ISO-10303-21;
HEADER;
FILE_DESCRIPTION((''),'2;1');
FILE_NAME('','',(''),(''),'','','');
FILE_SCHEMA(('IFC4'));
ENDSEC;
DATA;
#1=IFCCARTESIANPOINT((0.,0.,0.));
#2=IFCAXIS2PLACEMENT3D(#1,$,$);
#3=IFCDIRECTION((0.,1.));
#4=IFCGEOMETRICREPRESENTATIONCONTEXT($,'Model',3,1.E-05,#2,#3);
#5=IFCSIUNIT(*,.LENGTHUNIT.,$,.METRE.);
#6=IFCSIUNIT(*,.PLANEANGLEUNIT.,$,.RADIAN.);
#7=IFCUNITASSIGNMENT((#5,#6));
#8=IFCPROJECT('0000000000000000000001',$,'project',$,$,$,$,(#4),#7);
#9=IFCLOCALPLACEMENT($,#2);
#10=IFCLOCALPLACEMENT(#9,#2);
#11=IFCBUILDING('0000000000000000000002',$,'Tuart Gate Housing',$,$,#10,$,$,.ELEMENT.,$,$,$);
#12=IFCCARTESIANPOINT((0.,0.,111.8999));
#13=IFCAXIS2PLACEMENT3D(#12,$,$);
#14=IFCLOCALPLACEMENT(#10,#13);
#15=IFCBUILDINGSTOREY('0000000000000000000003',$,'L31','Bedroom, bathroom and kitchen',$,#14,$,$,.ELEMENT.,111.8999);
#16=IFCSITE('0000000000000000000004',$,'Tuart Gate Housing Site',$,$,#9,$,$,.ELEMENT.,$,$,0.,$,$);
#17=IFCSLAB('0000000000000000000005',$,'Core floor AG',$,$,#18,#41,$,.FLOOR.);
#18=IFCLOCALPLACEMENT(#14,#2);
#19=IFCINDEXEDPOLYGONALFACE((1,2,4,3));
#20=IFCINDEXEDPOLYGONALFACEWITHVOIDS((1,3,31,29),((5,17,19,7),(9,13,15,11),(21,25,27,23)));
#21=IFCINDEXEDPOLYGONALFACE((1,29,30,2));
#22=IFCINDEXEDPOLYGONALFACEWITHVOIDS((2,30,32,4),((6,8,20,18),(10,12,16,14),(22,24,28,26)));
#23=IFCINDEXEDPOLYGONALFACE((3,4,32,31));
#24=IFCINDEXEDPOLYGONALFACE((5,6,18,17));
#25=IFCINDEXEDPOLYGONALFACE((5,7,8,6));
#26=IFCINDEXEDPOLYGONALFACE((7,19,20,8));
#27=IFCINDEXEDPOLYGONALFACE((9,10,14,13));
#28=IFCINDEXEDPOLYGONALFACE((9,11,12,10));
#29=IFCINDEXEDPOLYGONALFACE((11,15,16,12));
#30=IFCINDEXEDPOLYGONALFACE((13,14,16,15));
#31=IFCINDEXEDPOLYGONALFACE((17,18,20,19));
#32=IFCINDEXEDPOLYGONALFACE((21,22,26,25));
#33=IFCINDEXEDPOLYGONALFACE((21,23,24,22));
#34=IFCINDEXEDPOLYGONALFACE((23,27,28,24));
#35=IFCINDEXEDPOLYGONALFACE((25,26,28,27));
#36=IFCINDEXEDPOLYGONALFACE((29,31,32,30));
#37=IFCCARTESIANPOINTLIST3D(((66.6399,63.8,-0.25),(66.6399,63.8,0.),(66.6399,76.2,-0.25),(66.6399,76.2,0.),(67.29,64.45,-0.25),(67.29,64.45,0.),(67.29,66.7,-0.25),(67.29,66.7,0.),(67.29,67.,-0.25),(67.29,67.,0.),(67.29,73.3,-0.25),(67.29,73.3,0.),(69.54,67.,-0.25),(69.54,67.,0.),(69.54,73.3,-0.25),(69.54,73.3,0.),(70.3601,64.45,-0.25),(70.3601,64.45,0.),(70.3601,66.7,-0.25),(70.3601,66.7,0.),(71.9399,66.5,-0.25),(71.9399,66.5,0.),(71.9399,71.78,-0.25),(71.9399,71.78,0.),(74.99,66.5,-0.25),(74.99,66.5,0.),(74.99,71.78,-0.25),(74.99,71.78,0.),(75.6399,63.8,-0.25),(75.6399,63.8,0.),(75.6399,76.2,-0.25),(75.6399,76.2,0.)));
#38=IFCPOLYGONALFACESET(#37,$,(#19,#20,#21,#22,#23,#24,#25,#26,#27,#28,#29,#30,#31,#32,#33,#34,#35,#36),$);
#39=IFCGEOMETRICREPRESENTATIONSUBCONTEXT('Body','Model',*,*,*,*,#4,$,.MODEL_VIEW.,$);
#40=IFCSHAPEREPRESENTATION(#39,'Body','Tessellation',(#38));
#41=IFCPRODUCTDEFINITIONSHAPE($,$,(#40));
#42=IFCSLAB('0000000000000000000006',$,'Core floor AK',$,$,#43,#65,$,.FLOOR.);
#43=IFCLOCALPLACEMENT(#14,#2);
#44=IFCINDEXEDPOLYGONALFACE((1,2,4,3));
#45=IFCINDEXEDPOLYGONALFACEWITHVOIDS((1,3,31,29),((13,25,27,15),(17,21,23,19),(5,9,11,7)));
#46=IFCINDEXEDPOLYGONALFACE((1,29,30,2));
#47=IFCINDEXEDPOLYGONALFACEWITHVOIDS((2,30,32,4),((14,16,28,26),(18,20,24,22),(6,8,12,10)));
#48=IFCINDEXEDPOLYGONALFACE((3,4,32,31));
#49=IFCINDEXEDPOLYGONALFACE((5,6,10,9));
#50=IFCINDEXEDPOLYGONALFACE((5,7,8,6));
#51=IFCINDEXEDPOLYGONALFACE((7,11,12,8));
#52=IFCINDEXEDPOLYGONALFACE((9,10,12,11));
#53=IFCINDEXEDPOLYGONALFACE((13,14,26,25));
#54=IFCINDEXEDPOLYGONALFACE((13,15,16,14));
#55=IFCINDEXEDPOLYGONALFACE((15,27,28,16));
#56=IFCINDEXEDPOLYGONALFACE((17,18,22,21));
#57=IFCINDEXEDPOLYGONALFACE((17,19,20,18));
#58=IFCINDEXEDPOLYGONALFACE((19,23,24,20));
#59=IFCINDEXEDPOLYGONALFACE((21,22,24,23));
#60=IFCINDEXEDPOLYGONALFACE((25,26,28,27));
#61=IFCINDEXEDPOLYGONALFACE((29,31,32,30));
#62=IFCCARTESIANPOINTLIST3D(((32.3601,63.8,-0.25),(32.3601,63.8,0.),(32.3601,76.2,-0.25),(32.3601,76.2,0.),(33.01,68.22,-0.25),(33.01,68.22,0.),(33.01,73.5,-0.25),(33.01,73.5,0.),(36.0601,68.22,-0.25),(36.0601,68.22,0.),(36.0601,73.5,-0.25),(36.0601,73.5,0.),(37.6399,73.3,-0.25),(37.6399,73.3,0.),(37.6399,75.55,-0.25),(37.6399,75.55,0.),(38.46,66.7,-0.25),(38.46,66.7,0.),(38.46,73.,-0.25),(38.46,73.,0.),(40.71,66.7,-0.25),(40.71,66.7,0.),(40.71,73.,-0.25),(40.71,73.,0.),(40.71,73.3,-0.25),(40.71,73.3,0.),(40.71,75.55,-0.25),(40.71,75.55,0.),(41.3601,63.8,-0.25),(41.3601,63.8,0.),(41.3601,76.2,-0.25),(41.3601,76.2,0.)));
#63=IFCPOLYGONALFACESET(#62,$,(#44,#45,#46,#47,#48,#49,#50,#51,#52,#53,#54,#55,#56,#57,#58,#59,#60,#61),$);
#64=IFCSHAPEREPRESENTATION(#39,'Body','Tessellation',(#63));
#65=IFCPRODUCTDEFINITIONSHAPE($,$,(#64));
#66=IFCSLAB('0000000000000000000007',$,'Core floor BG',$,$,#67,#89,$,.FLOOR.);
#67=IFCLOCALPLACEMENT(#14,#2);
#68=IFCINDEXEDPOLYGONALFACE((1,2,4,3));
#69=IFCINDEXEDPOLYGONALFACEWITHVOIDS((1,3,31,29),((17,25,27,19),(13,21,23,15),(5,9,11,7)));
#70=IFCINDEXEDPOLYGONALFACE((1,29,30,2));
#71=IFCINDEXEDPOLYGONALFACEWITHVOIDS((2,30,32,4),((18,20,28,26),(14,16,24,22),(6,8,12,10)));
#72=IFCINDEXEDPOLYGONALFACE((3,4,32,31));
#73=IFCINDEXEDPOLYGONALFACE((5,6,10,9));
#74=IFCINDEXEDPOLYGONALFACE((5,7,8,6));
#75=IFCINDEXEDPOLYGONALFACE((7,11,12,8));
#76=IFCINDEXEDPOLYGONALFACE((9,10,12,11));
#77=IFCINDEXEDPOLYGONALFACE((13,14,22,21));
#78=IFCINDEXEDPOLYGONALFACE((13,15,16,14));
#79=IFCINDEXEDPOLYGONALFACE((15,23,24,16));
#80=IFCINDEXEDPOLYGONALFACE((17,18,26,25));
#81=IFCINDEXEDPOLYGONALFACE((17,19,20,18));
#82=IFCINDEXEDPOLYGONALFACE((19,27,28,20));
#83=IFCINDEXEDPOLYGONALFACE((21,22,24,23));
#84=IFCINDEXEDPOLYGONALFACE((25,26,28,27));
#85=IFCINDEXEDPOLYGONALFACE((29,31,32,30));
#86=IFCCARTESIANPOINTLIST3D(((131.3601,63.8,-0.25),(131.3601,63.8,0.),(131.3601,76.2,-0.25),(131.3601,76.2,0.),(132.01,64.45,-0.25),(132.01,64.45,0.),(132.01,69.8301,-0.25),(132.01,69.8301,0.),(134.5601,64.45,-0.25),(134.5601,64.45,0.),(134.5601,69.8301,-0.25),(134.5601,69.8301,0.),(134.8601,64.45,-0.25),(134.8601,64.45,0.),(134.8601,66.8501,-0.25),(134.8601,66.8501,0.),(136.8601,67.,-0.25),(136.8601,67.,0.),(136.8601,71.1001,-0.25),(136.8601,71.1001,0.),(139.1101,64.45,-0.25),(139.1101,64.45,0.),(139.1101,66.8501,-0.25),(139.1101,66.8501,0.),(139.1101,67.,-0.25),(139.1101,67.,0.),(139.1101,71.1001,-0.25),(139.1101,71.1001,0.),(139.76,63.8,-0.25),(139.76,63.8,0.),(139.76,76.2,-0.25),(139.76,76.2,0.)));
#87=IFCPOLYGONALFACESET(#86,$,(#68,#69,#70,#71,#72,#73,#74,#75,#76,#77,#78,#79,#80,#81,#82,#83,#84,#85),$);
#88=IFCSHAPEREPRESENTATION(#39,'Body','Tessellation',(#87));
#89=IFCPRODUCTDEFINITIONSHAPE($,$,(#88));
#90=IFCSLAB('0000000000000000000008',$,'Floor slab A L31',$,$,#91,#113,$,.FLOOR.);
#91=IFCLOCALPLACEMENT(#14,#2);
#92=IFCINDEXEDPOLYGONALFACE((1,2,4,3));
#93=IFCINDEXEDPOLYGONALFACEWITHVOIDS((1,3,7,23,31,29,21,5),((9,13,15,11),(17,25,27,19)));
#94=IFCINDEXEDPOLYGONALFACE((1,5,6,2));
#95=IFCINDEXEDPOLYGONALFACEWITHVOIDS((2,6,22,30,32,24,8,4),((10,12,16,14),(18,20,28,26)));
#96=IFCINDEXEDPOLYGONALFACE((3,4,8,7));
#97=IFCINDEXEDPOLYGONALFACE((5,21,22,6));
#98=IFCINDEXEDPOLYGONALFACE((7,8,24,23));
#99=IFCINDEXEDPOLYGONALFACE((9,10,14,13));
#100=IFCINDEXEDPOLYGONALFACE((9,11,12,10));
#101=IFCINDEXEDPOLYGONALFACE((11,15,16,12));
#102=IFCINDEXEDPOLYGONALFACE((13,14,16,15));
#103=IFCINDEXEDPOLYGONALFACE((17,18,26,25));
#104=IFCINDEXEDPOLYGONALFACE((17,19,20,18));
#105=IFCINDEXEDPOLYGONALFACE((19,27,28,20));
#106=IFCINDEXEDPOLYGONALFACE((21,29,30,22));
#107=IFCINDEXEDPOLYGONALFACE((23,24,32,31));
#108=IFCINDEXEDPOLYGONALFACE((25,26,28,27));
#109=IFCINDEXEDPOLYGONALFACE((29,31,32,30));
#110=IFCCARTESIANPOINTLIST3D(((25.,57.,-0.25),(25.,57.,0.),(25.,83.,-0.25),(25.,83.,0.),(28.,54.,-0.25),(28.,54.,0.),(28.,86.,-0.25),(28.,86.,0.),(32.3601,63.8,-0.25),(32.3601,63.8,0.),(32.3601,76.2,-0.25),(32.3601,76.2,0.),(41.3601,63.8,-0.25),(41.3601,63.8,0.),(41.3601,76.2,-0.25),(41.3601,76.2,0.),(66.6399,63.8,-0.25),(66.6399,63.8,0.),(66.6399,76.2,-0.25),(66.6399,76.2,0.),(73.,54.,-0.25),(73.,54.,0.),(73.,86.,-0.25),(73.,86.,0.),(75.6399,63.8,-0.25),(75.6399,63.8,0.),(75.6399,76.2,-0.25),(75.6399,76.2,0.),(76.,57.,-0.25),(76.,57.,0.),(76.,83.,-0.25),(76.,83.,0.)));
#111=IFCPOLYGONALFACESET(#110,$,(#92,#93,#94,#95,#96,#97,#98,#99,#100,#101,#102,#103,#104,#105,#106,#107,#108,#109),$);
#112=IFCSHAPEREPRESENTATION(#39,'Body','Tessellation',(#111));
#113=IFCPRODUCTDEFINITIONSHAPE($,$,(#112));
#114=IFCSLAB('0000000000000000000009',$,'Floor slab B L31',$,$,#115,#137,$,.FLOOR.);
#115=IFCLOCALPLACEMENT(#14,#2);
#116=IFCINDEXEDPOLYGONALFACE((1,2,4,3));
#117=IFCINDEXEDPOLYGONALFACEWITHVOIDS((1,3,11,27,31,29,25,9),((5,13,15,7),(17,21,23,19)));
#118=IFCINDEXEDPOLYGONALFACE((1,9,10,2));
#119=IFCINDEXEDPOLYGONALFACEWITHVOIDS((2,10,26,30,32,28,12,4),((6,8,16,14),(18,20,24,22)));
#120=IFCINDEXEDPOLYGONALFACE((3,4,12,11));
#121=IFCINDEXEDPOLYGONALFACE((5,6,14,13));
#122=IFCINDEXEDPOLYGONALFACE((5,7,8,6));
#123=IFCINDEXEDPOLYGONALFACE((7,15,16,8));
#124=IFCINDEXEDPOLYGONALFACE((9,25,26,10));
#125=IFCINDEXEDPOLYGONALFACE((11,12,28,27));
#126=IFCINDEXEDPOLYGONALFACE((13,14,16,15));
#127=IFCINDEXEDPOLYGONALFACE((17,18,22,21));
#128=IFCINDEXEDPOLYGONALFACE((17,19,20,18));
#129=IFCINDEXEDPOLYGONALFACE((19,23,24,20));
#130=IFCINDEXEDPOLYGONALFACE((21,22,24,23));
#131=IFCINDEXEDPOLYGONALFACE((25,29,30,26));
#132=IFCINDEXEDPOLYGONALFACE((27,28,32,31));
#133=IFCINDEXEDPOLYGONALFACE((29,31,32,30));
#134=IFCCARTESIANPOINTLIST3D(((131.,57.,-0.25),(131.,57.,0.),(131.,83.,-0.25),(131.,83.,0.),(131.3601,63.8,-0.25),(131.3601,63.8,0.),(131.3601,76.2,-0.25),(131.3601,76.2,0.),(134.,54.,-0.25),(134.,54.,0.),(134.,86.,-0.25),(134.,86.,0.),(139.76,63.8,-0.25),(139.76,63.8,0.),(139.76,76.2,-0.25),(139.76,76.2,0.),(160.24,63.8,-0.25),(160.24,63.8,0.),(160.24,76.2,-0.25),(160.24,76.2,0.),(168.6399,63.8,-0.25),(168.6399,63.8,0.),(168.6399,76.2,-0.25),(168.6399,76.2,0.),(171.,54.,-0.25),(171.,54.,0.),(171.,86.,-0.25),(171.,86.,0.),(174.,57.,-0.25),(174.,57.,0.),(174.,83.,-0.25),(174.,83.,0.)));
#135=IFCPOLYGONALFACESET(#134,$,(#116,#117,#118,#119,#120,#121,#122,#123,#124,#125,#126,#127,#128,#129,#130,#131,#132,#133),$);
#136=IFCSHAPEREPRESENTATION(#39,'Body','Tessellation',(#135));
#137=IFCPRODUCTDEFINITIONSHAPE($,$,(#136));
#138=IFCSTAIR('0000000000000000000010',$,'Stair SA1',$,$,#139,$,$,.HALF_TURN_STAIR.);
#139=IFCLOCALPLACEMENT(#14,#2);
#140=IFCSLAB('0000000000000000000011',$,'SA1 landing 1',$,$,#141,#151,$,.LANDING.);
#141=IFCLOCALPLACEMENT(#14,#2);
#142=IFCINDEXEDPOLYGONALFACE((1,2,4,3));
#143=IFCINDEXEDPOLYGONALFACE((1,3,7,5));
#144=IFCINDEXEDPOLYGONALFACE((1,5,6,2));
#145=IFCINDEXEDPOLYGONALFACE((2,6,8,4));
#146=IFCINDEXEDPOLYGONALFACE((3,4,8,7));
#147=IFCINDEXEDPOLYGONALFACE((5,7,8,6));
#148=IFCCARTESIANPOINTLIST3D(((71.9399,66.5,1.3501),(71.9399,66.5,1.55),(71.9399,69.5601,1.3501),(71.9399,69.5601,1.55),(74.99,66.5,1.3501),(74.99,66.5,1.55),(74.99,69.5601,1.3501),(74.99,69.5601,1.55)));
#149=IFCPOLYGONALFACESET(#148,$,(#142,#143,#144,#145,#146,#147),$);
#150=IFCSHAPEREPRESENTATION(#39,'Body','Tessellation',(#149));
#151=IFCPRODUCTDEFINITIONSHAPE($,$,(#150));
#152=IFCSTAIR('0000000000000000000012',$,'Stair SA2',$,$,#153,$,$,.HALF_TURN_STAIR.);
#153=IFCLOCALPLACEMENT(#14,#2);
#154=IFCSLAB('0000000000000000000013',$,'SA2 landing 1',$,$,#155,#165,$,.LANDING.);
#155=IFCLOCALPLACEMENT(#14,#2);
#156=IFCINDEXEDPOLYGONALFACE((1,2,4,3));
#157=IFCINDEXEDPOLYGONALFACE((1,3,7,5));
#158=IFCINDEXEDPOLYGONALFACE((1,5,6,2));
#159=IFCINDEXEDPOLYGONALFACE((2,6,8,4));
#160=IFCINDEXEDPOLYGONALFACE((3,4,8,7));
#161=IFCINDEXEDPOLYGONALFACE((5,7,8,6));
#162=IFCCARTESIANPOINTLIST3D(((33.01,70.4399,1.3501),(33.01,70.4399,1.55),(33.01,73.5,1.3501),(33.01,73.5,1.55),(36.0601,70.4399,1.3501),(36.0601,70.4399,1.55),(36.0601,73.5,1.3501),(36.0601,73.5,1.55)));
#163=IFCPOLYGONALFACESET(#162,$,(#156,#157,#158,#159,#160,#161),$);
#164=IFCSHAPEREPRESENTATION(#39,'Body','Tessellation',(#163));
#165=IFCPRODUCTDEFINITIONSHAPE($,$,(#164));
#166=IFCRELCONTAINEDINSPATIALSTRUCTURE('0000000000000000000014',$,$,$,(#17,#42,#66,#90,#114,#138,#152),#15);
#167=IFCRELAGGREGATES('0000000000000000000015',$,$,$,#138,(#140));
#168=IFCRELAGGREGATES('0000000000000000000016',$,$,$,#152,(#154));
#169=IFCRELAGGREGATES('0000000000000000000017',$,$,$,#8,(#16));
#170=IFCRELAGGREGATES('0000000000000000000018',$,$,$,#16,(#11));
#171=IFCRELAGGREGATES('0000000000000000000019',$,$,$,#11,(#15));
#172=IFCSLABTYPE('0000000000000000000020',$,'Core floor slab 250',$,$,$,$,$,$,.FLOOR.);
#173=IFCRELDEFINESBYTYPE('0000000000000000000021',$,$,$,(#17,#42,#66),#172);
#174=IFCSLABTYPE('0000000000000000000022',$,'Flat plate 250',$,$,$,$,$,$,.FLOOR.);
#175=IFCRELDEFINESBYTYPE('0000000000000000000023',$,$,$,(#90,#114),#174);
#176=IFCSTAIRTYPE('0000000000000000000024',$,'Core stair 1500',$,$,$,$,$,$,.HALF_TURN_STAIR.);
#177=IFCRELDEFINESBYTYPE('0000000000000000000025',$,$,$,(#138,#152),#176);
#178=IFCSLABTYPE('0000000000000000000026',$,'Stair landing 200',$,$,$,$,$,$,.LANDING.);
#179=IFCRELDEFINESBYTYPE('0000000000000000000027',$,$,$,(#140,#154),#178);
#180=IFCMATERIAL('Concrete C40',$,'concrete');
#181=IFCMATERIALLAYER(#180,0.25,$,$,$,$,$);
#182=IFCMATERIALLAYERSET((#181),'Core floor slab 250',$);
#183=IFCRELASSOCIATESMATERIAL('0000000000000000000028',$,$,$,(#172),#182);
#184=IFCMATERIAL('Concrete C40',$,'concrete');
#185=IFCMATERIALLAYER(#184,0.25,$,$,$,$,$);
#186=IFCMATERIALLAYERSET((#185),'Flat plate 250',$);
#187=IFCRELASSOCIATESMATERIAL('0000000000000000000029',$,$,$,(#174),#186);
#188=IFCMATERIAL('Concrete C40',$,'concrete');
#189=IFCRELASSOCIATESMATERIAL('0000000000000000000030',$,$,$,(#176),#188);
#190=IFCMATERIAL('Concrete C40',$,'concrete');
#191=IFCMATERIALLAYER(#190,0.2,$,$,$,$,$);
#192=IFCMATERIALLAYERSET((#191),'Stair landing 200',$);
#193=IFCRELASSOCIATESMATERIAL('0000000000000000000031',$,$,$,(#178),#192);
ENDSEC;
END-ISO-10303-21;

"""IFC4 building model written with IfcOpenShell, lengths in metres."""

from ifc_helpers import new_model, si_unit, direction, frame, origin, place, context, subcontext, project, spatial, polyline, outline, extrude, material, layer, layer_set, type_object, element, aggregate, save


model = new_model("IFC4")

# Units and contexts
model_context = context("Model", 3, precision=1e-05, world=origin(), true_north=direction((0.0, 1.0)))
body_context = subcontext(model_context, "Body", "Model", "MODEL_VIEW")
ifc_project = project(units=[si_unit("LENGTHUNIT", "METRE"), si_unit("PLANEANGLEUNIT", "RADIAN")], contexts=[model_context])

# Site, building, storey
site_placement = place(None, origin())
site = spatial("IfcSite", under=ifc_project, at=site_placement, Name="Tuart Gate Housing Site", CompositionType="ELEMENT", RefElevation=0.0)
building_placement = place(site_placement, origin())
building = spatial("IfcBuilding", under=site, at=building_placement, Name="Tuart Gate Housing", CompositionType="ELEMENT")
storey_placement = place(building_placement, frame((0.0, 0.0, 111.8999)))
storey = spatial("IfcBuildingStorey", under=building, at=storey_placement, Name="L31", Description="Bedroom, bathroom and kitchen", CompositionType="ELEMENT", Elevation=111.8999)

# Slabs
ifc_material_1 = material(Name="Concrete C40", Category="concrete")
ifc_layer_1 = layer(ifc_material_1, 0.25)
ifc_layer_set_1 = layer_set([ifc_layer_1], Name="Core floor slab 250")
slab_type_1 = type_object("IfcSlabType", Name="Core floor slab 250", PredefinedType="FLOOR", material=ifc_layer_set_1)
slab_1_placement = place(storey_placement, frame((0.0, 0.0, -0.25)))
element("IfcSlab", 1, at=slab_1_placement, inside=storey, type_object=slab_type_1, Name="Core floor AG", PredefinedType="FLOOR", context=body_context, shape_type="SweptSolid", body=[
    extrude(outline(polyline([(66.6399, 63.8), (75.6399, 63.8), (75.6399, 76.2), (66.6399, 76.2), (66.6399, 63.8)]), holes=[polyline([(67.29, 64.45), (70.3601, 64.45), (70.3601, 66.7), (67.29, 66.7), (67.29, 64.45)]), polyline([(67.29, 67.0), (69.54, 67.0), (69.54, 73.3), (67.29, 73.3), (67.29, 67.0)]), polyline([(71.9399, 66.5), (74.99, 66.5), (74.99, 71.78), (71.9399, 71.78), (71.9399, 66.5)])]), origin(), (0.0, 0.0, 1.0), 0.25),
])
slab_2_placement = place(storey_placement, frame((0.0, 0.0, -0.25)))
element("IfcSlab", 2, at=slab_2_placement, inside=storey, type_object=slab_type_1, Name="Core floor AK", PredefinedType="FLOOR", context=body_context, shape_type="SweptSolid", body=[
    extrude(outline(polyline([(32.3601, 63.8), (41.3601, 63.8), (41.3601, 76.2), (32.3601, 76.2), (32.3601, 63.8)]), holes=[polyline([(40.71, 75.55), (37.6399, 75.55), (37.6399, 73.3), (40.71, 73.3), (40.71, 75.55)]), polyline([(40.71, 73.0), (38.46, 73.0), (38.46, 66.7), (40.71, 66.7), (40.71, 73.0)]), polyline([(36.0601, 73.5), (33.01, 73.5), (33.01, 68.22), (36.0601, 68.22), (36.0601, 73.5)])]), origin(), (0.0, 0.0, 1.0), 0.25),
])
slab_3_placement = place(storey_placement, frame((0.0, 0.0, -0.25)))
element("IfcSlab", 3, at=slab_3_placement, inside=storey, type_object=slab_type_1, Name="Core floor BG", PredefinedType="FLOOR", context=body_context, shape_type="SweptSolid", body=[
    extrude(outline(polyline([(131.3601, 63.8), (139.76, 63.8), (139.76, 76.2), (131.3601, 76.2), (131.3601, 63.8)]), holes=[polyline([(139.1101, 66.8501), (134.8601, 66.8501), (134.8601, 64.45), (139.1101, 64.45), (139.1101, 66.8501)]), polyline([(139.1101, 71.1001), (136.8601, 71.1001), (136.8601, 67.0), (139.1101, 67.0), (139.1101, 71.1001)]), polyline([(134.5601, 69.8301), (132.01, 69.8301), (132.01, 64.45), (134.5601, 64.45), (134.5601, 69.8301)])]), origin(), (0.0, 0.0, 1.0), 0.25),
])
ifc_material_2 = material(Name="Concrete C40", Category="concrete")
ifc_layer_2 = layer(ifc_material_2, 0.25)
ifc_layer_set_2 = layer_set([ifc_layer_2], Name="Flat plate 250")
slab_type_2 = type_object("IfcSlabType", Name="Flat plate 250", PredefinedType="FLOOR", material=ifc_layer_set_2)
slab_4_placement = place(storey_placement, frame((0.0, 0.0, -0.25)))
element("IfcSlab", 4, at=slab_4_placement, inside=storey, type_object=slab_type_2, Name="Floor slab A L31", PredefinedType="FLOOR", context=body_context, shape_type="SweptSolid", body=[
    extrude(outline(polyline([(28.0, 86.0), (25.0, 83.0), (25.0, 57.0), (28.0, 54.0), (73.0, 54.0), (76.0, 57.0), (76.0, 83.0), (73.0, 86.0), (28.0, 86.0)]), holes=[polyline([(66.6399, 76.2), (75.6399, 76.2), (75.6399, 63.8), (66.6399, 63.8), (66.6399, 76.2)]), polyline([(41.3601, 76.2), (41.3601, 63.8), (32.3601, 63.8), (32.3601, 76.2), (41.3601, 76.2)])]), origin(), (0.0, 0.0, 1.0), 0.25),
])
slab_5_placement = place(storey_placement, frame((0.0, 0.0, -0.25)))
element("IfcSlab", 5, at=slab_5_placement, inside=storey, type_object=slab_type_2, Name="Floor slab B L31", PredefinedType="FLOOR", context=body_context, shape_type="SweptSolid", body=[
    extrude(outline(polyline([(134.0, 86.0), (131.0, 83.0), (131.0, 57.0), (134.0, 54.0), (171.0, 54.0), (174.0, 57.0), (174.0, 83.0), (171.0, 86.0), (134.0, 86.0)]), holes=[polyline([(131.3601, 76.2), (139.76, 76.2), (139.76, 63.8), (131.3601, 63.8), (131.3601, 76.2)]), polyline([(168.6399, 76.2), (168.6399, 63.8), (160.24, 63.8), (160.24, 76.2), (168.6399, 76.2)])]), origin(), (0.0, 0.0, 1.0), 0.25),
])

# Stairs, slabs
ifc_material_3 = material(Name="Concrete C40", Category="concrete")
stair_type = type_object("IfcStairType", Name="Core stair 1500", PredefinedType="HALF_TURN_STAIR", material=ifc_material_3)
stair_1_placement = place(storey_placement, origin())
stair_1 = element("IfcStair", 6, at=stair_1_placement, inside=storey, type_object=stair_type, Name="Stair SA1", PredefinedType="HALF_TURN_STAIR")
ifc_material_4 = material(Name="Concrete C40", Category="concrete")
ifc_layer_3 = layer(ifc_material_4, 0.2)
ifc_layer_set_3 = layer_set([ifc_layer_3], Name="Stair landing 200")
slab_type_3 = type_object("IfcSlabType", Name="Stair landing 200", PredefinedType="LANDING", material=ifc_layer_set_3)
slab_6_placement = place(storey_placement, frame((0.0, 0.0, 1.3501)))
slab_6 = element("IfcSlab", 7, at=slab_6_placement, type_object=slab_type_3, Name="SA1 landing 1", PredefinedType="LANDING", context=body_context, shape_type="SweptSolid", body=[
    extrude(outline(polyline([(71.9399, 66.5), (74.99, 66.5), (74.99, 69.5601), (71.9399, 69.5601), (71.9399, 66.5)])), origin(), (0.0, 0.0, 1.0), 0.2),
])
aggregate(stair_1, [slab_6])
stair_2_placement = place(storey_placement, origin())
stair_2 = element("IfcStair", 8, at=stair_2_placement, inside=storey, type_object=stair_type, Name="Stair SA2", PredefinedType="HALF_TURN_STAIR")
slab_7_placement = place(storey_placement, frame((0.0, 0.0, 1.3501)))
slab_7 = element("IfcSlab", 9, at=slab_7_placement, type_object=slab_type_3, Name="SA2 landing 1", PredefinedType="LANDING", context=body_context, shape_type="SweptSolid", body=[
    extrude(outline(polyline([(36.0601, 73.5), (33.01, 73.5), (33.01, 70.4399), (36.0601, 70.4399), (36.0601, 73.5)])), origin(), (0.0, 0.0, 1.0), 0.2),
])
aggregate(stair_2, [slab_7])

save(model, "model.ifc")
